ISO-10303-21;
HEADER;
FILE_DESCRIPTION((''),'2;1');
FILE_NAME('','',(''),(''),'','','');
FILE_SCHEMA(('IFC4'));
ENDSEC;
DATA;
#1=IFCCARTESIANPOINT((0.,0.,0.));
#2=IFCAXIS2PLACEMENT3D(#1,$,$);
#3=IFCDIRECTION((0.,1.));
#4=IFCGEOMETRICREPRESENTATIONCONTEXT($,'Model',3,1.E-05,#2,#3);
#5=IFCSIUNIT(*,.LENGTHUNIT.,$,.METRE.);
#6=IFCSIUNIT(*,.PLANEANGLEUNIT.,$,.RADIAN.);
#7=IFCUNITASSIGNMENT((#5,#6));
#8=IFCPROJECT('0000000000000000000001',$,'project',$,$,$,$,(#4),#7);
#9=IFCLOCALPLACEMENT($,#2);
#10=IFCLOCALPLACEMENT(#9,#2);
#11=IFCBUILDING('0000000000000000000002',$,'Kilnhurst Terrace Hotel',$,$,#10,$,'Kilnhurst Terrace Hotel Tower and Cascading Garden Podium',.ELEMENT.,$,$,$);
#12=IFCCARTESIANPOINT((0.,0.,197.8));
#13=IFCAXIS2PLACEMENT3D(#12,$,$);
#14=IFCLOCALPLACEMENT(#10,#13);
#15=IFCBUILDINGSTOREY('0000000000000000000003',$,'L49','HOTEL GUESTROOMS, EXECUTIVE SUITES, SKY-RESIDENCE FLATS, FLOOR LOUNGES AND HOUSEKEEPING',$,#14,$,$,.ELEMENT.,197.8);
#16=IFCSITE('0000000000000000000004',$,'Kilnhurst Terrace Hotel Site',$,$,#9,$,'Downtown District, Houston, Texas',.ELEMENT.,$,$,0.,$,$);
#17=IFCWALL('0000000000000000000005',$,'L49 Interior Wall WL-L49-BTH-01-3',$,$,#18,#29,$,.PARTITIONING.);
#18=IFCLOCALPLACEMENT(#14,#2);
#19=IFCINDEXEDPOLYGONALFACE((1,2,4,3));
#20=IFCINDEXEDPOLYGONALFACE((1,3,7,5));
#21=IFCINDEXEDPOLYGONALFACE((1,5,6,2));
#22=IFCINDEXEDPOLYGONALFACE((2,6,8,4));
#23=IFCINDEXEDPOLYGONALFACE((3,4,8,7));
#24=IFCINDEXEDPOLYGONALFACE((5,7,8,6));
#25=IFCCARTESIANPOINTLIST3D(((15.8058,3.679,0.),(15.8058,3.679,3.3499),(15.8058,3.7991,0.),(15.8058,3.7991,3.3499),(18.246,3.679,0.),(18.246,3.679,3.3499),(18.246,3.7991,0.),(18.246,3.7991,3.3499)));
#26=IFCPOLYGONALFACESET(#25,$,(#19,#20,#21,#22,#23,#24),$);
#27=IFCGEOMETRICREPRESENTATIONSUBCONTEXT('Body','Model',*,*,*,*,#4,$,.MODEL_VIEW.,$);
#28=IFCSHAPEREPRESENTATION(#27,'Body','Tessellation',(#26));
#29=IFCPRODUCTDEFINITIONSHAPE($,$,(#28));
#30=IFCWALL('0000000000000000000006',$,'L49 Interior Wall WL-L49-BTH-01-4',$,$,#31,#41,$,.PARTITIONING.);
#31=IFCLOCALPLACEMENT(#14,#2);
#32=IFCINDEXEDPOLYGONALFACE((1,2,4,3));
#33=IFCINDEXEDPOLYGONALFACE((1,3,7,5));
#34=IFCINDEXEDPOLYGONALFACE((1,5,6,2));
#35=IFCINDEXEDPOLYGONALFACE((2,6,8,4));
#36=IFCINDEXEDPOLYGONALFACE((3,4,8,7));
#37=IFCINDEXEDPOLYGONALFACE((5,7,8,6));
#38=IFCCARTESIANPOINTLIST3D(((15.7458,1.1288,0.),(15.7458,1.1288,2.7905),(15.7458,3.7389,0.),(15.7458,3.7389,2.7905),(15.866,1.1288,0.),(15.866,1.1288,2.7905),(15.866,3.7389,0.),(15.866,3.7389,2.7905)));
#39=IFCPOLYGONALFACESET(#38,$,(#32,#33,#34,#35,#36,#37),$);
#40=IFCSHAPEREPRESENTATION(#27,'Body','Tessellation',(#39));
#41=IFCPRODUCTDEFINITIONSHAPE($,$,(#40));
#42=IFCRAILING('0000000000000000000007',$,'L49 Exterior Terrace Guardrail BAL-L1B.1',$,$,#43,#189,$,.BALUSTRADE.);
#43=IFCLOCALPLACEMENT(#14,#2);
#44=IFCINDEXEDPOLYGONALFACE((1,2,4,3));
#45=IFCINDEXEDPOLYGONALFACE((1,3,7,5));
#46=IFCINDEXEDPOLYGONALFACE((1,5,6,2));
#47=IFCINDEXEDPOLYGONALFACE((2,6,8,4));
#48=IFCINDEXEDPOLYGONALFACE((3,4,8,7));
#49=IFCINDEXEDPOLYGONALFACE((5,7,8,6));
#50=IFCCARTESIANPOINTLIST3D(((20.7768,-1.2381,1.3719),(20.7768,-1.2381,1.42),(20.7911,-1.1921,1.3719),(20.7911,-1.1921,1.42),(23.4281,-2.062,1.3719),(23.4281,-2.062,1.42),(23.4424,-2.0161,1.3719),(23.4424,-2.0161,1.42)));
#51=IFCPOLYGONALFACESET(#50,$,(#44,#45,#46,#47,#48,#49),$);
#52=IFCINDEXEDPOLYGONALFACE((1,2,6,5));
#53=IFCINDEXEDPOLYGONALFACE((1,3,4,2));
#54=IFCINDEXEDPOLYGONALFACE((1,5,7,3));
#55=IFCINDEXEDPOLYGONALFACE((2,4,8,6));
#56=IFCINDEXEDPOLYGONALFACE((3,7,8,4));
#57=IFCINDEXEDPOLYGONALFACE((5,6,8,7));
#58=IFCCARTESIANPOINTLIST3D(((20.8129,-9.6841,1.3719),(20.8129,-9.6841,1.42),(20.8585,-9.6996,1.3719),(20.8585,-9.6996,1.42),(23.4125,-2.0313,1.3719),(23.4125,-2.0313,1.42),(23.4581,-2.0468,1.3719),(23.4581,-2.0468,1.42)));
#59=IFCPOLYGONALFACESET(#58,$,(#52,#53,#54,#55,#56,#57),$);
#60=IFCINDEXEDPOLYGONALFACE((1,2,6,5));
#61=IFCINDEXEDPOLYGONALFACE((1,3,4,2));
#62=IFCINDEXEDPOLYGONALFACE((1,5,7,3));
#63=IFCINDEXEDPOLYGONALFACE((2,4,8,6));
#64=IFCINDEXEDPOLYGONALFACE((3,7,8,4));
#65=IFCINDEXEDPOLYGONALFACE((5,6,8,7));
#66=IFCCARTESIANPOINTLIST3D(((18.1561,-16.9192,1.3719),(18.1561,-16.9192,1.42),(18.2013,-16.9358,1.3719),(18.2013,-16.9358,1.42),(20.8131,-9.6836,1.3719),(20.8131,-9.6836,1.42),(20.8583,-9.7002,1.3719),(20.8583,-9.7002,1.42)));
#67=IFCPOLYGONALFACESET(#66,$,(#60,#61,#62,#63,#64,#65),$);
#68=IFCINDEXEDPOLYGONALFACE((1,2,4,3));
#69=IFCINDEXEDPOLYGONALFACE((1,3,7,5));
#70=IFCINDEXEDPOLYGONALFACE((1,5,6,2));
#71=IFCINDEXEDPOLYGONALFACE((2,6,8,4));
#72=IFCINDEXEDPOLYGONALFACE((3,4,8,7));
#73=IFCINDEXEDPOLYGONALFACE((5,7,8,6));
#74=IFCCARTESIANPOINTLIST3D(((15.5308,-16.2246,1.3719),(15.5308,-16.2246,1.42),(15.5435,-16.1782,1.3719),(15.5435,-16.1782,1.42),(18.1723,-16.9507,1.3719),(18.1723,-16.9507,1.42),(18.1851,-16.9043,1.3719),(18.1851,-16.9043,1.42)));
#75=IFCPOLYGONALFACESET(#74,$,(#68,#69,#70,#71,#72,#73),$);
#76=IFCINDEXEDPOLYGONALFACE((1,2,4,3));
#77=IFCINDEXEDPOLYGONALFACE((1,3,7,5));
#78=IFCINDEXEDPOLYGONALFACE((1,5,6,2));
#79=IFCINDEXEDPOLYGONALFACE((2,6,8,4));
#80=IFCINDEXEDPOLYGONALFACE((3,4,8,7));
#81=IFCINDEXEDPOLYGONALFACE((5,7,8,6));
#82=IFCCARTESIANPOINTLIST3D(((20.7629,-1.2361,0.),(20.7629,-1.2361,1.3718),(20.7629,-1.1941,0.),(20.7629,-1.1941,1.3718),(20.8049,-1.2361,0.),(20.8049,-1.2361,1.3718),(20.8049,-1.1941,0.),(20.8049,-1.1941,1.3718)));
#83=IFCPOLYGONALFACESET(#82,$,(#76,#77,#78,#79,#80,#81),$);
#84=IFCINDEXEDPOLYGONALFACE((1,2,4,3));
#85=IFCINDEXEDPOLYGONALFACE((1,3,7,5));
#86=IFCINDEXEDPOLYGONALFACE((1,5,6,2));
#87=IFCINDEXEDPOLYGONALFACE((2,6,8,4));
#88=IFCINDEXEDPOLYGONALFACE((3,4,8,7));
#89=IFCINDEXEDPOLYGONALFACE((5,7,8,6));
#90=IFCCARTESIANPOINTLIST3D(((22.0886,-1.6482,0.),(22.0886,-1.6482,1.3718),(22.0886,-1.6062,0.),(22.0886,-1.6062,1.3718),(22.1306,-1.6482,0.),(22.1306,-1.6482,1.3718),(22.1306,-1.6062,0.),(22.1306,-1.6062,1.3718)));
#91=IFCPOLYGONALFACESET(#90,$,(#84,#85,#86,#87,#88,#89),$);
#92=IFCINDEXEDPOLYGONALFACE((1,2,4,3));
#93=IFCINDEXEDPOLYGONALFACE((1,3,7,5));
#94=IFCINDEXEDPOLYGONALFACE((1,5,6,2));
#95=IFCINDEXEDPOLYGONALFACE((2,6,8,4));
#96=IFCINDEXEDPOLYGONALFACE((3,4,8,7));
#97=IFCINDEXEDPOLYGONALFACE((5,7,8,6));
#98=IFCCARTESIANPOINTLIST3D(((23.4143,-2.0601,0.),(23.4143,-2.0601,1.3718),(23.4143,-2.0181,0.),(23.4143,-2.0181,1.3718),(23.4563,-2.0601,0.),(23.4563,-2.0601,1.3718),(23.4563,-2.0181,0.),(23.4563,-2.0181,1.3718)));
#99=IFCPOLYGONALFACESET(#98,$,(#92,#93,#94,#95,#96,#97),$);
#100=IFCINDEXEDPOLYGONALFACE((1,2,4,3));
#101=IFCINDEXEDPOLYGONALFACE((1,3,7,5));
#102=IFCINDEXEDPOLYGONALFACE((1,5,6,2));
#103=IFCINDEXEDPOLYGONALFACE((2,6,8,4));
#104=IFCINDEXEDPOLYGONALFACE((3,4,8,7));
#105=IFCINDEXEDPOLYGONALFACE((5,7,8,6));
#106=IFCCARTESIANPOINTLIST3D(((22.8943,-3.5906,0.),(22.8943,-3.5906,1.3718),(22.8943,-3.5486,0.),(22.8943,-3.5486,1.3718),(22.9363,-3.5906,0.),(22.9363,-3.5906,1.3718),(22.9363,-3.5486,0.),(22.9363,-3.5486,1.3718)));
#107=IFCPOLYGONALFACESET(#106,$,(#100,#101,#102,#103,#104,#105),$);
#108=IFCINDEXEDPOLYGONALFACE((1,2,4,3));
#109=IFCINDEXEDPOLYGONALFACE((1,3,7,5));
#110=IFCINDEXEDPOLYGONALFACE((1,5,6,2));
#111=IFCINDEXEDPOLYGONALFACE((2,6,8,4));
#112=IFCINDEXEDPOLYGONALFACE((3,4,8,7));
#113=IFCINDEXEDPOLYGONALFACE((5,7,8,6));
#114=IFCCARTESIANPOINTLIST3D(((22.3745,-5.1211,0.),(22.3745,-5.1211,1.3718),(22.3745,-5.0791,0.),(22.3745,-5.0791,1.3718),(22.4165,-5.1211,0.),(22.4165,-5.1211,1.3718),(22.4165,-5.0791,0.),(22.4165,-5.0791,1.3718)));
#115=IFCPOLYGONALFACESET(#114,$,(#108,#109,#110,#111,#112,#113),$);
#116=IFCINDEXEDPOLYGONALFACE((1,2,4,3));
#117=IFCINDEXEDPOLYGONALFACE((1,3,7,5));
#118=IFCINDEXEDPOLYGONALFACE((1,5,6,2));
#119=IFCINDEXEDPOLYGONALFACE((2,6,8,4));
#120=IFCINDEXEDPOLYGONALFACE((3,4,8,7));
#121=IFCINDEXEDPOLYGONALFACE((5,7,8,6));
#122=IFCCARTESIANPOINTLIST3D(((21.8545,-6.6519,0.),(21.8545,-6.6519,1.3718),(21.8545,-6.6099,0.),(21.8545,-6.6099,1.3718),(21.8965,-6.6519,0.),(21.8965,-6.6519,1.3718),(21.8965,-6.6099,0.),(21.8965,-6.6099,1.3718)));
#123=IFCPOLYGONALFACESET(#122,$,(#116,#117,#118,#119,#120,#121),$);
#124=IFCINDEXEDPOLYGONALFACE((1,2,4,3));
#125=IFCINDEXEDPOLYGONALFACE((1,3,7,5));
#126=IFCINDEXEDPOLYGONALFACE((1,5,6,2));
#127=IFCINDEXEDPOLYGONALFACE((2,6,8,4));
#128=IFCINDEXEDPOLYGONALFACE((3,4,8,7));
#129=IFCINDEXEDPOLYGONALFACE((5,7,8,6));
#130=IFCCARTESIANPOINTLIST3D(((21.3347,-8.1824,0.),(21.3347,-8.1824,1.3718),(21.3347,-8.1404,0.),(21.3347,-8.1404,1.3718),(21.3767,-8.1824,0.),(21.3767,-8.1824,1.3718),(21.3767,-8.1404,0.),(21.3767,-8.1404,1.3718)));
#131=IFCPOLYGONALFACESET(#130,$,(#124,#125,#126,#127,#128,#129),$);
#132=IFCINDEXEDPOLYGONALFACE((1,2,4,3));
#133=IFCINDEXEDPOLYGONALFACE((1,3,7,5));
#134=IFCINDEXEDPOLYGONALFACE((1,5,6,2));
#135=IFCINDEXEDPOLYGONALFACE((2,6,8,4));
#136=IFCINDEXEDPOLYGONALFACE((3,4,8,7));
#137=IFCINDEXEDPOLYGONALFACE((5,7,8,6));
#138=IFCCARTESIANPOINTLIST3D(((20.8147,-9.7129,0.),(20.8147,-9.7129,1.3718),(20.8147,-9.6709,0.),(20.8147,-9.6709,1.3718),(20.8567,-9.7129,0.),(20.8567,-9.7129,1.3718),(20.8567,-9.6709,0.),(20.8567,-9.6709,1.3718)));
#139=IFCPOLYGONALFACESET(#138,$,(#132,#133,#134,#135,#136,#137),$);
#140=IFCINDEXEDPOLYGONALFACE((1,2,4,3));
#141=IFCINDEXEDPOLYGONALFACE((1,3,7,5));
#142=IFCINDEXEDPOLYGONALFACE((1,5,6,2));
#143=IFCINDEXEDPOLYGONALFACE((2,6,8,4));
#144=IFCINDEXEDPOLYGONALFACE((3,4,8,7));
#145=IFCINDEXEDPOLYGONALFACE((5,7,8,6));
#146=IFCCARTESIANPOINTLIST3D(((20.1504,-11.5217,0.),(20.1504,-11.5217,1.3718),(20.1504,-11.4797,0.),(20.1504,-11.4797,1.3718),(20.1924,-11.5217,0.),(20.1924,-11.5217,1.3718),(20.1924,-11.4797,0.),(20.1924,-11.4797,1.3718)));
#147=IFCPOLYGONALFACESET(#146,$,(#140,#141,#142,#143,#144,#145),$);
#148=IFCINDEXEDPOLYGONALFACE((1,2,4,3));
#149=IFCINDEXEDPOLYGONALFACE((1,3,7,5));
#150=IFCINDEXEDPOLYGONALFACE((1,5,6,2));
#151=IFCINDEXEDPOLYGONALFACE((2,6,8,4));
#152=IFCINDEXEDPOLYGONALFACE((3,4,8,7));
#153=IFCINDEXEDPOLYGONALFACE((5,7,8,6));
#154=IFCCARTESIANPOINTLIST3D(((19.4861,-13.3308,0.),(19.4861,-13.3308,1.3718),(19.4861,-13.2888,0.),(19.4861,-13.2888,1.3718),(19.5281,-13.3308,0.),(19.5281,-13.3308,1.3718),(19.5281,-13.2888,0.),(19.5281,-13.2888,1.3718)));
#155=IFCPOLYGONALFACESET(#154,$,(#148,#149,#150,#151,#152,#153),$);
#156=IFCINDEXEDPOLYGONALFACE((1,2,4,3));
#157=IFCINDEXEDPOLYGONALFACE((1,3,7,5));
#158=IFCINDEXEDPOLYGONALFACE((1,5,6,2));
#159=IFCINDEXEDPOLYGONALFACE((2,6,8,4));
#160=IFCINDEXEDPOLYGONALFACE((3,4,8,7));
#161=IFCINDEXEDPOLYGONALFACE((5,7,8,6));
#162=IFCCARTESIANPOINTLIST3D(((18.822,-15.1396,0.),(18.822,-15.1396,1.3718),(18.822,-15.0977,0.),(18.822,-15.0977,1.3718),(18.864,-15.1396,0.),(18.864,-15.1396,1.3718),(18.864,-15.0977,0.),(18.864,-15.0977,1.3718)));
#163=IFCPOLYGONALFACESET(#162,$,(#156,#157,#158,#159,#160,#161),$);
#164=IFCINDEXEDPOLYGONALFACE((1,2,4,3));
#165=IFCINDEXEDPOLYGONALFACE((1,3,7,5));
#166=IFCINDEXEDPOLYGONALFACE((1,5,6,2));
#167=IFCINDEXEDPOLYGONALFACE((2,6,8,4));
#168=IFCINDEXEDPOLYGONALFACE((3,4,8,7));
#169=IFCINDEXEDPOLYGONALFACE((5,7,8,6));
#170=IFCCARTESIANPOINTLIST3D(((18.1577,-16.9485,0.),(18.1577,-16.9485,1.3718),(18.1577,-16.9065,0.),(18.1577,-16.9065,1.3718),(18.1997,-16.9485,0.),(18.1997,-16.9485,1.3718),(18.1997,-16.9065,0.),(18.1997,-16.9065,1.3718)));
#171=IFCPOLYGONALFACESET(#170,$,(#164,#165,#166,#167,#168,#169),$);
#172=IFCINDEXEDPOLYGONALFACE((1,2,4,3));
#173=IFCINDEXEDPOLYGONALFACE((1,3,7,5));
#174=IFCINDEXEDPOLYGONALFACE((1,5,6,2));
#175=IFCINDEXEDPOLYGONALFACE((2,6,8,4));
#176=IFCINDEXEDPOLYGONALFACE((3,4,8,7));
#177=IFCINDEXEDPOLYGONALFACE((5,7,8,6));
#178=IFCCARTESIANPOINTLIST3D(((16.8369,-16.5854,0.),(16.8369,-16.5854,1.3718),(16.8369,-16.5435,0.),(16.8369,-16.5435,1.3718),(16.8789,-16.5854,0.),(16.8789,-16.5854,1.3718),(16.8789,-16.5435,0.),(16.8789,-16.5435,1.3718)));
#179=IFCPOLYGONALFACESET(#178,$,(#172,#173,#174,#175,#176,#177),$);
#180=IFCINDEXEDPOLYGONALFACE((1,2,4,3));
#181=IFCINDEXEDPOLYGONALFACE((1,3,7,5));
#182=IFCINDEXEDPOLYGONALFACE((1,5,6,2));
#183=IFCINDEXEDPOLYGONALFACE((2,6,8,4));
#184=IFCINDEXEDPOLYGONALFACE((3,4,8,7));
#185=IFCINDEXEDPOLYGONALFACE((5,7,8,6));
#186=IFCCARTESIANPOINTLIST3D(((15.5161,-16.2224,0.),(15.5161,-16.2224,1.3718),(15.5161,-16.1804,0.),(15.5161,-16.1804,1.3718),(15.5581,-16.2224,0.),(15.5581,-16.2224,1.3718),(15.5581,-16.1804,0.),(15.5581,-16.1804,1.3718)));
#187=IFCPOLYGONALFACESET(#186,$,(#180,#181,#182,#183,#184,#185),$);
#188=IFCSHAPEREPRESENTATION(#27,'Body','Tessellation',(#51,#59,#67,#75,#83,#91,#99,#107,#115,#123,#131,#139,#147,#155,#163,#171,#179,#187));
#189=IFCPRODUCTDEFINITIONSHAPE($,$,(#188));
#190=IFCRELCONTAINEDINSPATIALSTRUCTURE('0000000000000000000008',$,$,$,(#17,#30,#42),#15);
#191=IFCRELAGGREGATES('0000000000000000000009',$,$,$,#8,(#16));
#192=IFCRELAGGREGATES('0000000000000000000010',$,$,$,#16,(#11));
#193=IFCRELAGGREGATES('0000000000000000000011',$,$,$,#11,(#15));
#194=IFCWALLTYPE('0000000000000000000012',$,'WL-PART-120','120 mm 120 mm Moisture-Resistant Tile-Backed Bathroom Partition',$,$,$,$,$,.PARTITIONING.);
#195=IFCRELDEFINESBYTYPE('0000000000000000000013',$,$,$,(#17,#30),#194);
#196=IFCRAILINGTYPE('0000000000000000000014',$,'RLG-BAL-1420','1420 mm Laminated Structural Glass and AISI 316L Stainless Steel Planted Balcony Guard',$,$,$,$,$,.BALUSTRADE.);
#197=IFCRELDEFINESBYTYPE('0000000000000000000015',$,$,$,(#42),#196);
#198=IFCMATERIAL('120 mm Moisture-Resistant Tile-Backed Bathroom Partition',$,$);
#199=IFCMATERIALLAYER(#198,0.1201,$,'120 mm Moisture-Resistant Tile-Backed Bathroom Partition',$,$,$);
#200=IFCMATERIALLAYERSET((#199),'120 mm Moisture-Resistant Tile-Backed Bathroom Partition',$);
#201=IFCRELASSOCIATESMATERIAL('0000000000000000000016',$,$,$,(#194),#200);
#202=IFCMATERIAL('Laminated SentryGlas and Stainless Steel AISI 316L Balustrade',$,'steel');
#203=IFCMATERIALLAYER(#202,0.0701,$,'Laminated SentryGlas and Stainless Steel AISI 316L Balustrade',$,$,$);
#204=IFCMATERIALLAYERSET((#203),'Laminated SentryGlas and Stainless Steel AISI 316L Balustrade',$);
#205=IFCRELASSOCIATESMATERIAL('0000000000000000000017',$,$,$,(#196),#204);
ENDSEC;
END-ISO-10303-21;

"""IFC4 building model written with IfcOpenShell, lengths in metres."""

from ifc_helpers import new_model, si_unit, direction, frame, frame_2d, origin, origin_2d, place, context, subcontext, project, spatial, rectangle, extrude, material, layer, layer_set, type_object, element, save


model = new_model("IFC4")

# Units and contexts
model_context = context("Model", 3, precision=1e-05, world=origin(), true_north=direction((0.0, 1.0)))
body_context = subcontext(model_context, "Body", "Model", "MODEL_VIEW")
ifc_project = project(units=[si_unit("LENGTHUNIT", "METRE"), si_unit("PLANEANGLEUNIT", "RADIAN")], contexts=[model_context])

# Site, building, storey
site_placement = place(None, origin())
site = spatial("IfcSite", under=ifc_project, at=site_placement, Name="Kilnhurst Terrace Hotel Site", LongName="Downtown District, Houston, Texas", CompositionType="ELEMENT", RefElevation=0.0)
building_placement = place(site_placement, origin())
building = spatial("IfcBuilding", under=site, at=building_placement, Name="Kilnhurst Terrace Hotel", LongName="Kilnhurst Terrace Hotel Tower and Cascading Garden Podium", CompositionType="ELEMENT")
storey_placement = place(building_placement, frame((0.0, 0.0, 197.8)))
storey = spatial("IfcBuildingStorey", under=building, at=storey_placement, Name="L49", Description="HOTEL GUESTROOMS, EXECUTIVE SUITES, SKY-RESIDENCE FLATS, FLOOR LOUNGES AND HOUSEKEEPING", CompositionType="ELEMENT", Elevation=197.8)

# Shared definitions
ifc_material_1 = material(Name="120 mm Moisture-Resistant Tile-Backed Bathroom Partition")
ifc_layer_1 = layer(ifc_material_1, 0.1201, Name="120 mm Moisture-Resistant Tile-Backed Bathroom Partition")
ifc_layer_set_1 = layer_set([ifc_layer_1], Name="120 mm Moisture-Resistant Tile-Backed Bathroom Partition")
wall_type_1 = type_object("IfcWallType", Name="WL-PART-120", Description="120 mm 120 mm Moisture-Resistant Tile-Backed Bathroom Partition", PredefinedType="PARTITIONING", material=ifc_layer_set_1)

# Walls
wall_1_placement = place(storey_placement, frame((18.2461, 3.739, 0.0), z_axis=(0.0, 0.0, 1.0), x_axis=(-1.0, 0.0, 0.0)))
element("IfcWall", 1, at=wall_1_placement, inside=storey, type_object=wall_type_1, Name="L49 Interior Wall WL-L49-BTH-01-3", PredefinedType="PARTITIONING", context=body_context, shape_type="SweptSolid", body=[
    extrude(rectangle(XDim=2.4402, YDim=0.1201, at=frame_2d((1.2202, 0.0))), origin(), (0.0, 0.0, 1.0), 3.3499),
])
wall_2_placement = place(storey_placement, frame((15.8059, 3.739, 0.0), z_axis=(0.0, 0.0, 1.0), x_axis=(0.0, -1.0, 0.0)))
element("IfcWall", 2, at=wall_2_placement, inside=storey, type_object=wall_type_1, Name="L49 Interior Wall WL-L49-BTH-01-4", PredefinedType="PARTITIONING", context=body_context, shape_type="SweptSolid", body=[
    extrude(rectangle(XDim=2.6101, YDim=0.1201, at=frame_2d((1.3052, 0.0))), origin(), (0.0, 0.0, 1.0), 2.7905),
])

# Railing
ifc_material_2 = material(Name="Laminated SentryGlas and Stainless Steel AISI 316L Balustrade", Category="steel")
ifc_layer_2 = layer(ifc_material_2, 0.0701, Name="Laminated SentryGlas and Stainless Steel AISI 316L Balustrade")
ifc_layer_set_2 = layer_set([ifc_layer_2], Name="Laminated SentryGlas and Stainless Steel AISI 316L Balustrade")
railing_type = type_object("IfcRailingType", Name="RLG-BAL-1420", Description="1420 mm Laminated Structural Glass and AISI 316L Stainless Steel Planted Balcony Guard", PredefinedType="BALUSTRADE", material=ifc_layer_set_2)
railing_placement = place(storey_placement, frame((20.7839, -1.2151, 0.0)))
element("IfcRailing", 3, at=railing_placement, inside=storey, type_object=railing_type, Name="L49 Exterior Terrace Guardrail BAL-L1B.1", PredefinedType="BALUSTRADE", context=body_context, shape_type="SweptSolid", body=[
    extrude(rectangle(XDim=0.0481, YDim=0.0481, at=origin_2d()), frame((0.0, 0.0, 1.396), z_axis=(0.954948, -0.296773, 0.0), x_axis=(0.296773, 0.954948, 0.0)), (0.0, 0.0, 1.0), 2.7764),
    extrude(rectangle(XDim=0.0481, YDim=0.0481, at=origin_2d()), frame((2.6514, -0.824, 1.396), z_axis=(-0.321642, -0.946861, 0.0), x_axis=(0.946861, -0.321642, 0.0)), (0.0, 0.0, 1.0), 8.0823),
    extrude(rectangle(XDim=0.0481, YDim=0.0481, at=origin_2d()), frame((0.0518, -8.4768, 1.396), z_axis=(-0.344704, -0.938711, 0.0), x_axis=(0.938711, -0.344704, 0.0)), (0.0, 0.0, 1.0), 7.708),
    extrude(rectangle(XDim=0.0481, YDim=0.0481, at=origin_2d()), frame((-2.6052, -15.7124, 1.396), z_axis=(-0.96424, 0.265032, 0.0), x_axis=(-0.265032, -0.96424, 0.0)), (0.0, 0.0, 1.0), 2.7395),
    extrude(rectangle(XDim=0.042, YDim=0.042, at=origin_2d()), origin(), (0.0, 0.0, 1.0), 1.3718),
    extrude(rectangle(XDim=0.042, YDim=0.042, at=origin_2d()), frame((1.3257, -0.4121, 0.0)), (0.0, 0.0, 1.0), 1.3718),
    extrude(rectangle(XDim=0.042, YDim=0.042, at=origin_2d()), frame((2.6514, -0.824, 0.0)), (0.0, 0.0, 1.0), 1.3718),
    extrude(rectangle(XDim=0.042, YDim=0.042, at=origin_2d()), frame((2.1313, -2.3545, 0.0)), (0.0, 0.0, 1.0), 1.3718),
    extrude(rectangle(XDim=0.042, YDim=0.042, at=origin_2d()), frame((1.6116, -3.885, 0.0)), (0.0, 0.0, 1.0), 1.3718),
    extrude(rectangle(XDim=0.042, YDim=0.042, at=origin_2d()), frame((1.0916, -5.4158, 0.0)), (0.0, 0.0, 1.0), 1.3718),
    extrude(rectangle(XDim=0.042, YDim=0.042, at=origin_2d()), frame((0.5718, -6.9463, 0.0)), (0.0, 0.0, 1.0), 1.3718),
    extrude(rectangle(XDim=0.042, YDim=0.042, at=origin_2d()), frame((0.0518, -8.4768, 0.0)), (0.0, 0.0, 1.0), 1.3718),
    extrude(rectangle(XDim=0.042, YDim=0.042, at=origin_2d()), frame((-0.6125, -10.2856, 0.0)), (0.0, 0.0, 1.0), 1.3718),
    extrude(rectangle(XDim=0.042, YDim=0.042, at=origin_2d()), frame((-1.2769, -12.0947, 0.0)), (0.0, 0.0, 1.0), 1.3718),
    extrude(rectangle(XDim=0.042, YDim=0.042, at=origin_2d()), frame((-1.9409, -13.9036, 0.0)), (0.0, 0.0, 1.0), 1.3718),
    extrude(rectangle(XDim=0.042, YDim=0.042, at=origin_2d()), frame((-2.6052, -15.7124, 0.0)), (0.0, 0.0, 1.0), 1.3718),
    extrude(rectangle(XDim=0.042, YDim=0.042, at=origin_2d()), frame((-3.926, -15.3494, 0.0)), (0.0, 0.0, 1.0), 1.3718),
    extrude(rectangle(XDim=0.042, YDim=0.042, at=origin_2d()), frame((-5.2468, -14.9863, 0.0)), (0.0, 0.0, 1.0), 1.3718),
])

save(model, "model.ifc")
